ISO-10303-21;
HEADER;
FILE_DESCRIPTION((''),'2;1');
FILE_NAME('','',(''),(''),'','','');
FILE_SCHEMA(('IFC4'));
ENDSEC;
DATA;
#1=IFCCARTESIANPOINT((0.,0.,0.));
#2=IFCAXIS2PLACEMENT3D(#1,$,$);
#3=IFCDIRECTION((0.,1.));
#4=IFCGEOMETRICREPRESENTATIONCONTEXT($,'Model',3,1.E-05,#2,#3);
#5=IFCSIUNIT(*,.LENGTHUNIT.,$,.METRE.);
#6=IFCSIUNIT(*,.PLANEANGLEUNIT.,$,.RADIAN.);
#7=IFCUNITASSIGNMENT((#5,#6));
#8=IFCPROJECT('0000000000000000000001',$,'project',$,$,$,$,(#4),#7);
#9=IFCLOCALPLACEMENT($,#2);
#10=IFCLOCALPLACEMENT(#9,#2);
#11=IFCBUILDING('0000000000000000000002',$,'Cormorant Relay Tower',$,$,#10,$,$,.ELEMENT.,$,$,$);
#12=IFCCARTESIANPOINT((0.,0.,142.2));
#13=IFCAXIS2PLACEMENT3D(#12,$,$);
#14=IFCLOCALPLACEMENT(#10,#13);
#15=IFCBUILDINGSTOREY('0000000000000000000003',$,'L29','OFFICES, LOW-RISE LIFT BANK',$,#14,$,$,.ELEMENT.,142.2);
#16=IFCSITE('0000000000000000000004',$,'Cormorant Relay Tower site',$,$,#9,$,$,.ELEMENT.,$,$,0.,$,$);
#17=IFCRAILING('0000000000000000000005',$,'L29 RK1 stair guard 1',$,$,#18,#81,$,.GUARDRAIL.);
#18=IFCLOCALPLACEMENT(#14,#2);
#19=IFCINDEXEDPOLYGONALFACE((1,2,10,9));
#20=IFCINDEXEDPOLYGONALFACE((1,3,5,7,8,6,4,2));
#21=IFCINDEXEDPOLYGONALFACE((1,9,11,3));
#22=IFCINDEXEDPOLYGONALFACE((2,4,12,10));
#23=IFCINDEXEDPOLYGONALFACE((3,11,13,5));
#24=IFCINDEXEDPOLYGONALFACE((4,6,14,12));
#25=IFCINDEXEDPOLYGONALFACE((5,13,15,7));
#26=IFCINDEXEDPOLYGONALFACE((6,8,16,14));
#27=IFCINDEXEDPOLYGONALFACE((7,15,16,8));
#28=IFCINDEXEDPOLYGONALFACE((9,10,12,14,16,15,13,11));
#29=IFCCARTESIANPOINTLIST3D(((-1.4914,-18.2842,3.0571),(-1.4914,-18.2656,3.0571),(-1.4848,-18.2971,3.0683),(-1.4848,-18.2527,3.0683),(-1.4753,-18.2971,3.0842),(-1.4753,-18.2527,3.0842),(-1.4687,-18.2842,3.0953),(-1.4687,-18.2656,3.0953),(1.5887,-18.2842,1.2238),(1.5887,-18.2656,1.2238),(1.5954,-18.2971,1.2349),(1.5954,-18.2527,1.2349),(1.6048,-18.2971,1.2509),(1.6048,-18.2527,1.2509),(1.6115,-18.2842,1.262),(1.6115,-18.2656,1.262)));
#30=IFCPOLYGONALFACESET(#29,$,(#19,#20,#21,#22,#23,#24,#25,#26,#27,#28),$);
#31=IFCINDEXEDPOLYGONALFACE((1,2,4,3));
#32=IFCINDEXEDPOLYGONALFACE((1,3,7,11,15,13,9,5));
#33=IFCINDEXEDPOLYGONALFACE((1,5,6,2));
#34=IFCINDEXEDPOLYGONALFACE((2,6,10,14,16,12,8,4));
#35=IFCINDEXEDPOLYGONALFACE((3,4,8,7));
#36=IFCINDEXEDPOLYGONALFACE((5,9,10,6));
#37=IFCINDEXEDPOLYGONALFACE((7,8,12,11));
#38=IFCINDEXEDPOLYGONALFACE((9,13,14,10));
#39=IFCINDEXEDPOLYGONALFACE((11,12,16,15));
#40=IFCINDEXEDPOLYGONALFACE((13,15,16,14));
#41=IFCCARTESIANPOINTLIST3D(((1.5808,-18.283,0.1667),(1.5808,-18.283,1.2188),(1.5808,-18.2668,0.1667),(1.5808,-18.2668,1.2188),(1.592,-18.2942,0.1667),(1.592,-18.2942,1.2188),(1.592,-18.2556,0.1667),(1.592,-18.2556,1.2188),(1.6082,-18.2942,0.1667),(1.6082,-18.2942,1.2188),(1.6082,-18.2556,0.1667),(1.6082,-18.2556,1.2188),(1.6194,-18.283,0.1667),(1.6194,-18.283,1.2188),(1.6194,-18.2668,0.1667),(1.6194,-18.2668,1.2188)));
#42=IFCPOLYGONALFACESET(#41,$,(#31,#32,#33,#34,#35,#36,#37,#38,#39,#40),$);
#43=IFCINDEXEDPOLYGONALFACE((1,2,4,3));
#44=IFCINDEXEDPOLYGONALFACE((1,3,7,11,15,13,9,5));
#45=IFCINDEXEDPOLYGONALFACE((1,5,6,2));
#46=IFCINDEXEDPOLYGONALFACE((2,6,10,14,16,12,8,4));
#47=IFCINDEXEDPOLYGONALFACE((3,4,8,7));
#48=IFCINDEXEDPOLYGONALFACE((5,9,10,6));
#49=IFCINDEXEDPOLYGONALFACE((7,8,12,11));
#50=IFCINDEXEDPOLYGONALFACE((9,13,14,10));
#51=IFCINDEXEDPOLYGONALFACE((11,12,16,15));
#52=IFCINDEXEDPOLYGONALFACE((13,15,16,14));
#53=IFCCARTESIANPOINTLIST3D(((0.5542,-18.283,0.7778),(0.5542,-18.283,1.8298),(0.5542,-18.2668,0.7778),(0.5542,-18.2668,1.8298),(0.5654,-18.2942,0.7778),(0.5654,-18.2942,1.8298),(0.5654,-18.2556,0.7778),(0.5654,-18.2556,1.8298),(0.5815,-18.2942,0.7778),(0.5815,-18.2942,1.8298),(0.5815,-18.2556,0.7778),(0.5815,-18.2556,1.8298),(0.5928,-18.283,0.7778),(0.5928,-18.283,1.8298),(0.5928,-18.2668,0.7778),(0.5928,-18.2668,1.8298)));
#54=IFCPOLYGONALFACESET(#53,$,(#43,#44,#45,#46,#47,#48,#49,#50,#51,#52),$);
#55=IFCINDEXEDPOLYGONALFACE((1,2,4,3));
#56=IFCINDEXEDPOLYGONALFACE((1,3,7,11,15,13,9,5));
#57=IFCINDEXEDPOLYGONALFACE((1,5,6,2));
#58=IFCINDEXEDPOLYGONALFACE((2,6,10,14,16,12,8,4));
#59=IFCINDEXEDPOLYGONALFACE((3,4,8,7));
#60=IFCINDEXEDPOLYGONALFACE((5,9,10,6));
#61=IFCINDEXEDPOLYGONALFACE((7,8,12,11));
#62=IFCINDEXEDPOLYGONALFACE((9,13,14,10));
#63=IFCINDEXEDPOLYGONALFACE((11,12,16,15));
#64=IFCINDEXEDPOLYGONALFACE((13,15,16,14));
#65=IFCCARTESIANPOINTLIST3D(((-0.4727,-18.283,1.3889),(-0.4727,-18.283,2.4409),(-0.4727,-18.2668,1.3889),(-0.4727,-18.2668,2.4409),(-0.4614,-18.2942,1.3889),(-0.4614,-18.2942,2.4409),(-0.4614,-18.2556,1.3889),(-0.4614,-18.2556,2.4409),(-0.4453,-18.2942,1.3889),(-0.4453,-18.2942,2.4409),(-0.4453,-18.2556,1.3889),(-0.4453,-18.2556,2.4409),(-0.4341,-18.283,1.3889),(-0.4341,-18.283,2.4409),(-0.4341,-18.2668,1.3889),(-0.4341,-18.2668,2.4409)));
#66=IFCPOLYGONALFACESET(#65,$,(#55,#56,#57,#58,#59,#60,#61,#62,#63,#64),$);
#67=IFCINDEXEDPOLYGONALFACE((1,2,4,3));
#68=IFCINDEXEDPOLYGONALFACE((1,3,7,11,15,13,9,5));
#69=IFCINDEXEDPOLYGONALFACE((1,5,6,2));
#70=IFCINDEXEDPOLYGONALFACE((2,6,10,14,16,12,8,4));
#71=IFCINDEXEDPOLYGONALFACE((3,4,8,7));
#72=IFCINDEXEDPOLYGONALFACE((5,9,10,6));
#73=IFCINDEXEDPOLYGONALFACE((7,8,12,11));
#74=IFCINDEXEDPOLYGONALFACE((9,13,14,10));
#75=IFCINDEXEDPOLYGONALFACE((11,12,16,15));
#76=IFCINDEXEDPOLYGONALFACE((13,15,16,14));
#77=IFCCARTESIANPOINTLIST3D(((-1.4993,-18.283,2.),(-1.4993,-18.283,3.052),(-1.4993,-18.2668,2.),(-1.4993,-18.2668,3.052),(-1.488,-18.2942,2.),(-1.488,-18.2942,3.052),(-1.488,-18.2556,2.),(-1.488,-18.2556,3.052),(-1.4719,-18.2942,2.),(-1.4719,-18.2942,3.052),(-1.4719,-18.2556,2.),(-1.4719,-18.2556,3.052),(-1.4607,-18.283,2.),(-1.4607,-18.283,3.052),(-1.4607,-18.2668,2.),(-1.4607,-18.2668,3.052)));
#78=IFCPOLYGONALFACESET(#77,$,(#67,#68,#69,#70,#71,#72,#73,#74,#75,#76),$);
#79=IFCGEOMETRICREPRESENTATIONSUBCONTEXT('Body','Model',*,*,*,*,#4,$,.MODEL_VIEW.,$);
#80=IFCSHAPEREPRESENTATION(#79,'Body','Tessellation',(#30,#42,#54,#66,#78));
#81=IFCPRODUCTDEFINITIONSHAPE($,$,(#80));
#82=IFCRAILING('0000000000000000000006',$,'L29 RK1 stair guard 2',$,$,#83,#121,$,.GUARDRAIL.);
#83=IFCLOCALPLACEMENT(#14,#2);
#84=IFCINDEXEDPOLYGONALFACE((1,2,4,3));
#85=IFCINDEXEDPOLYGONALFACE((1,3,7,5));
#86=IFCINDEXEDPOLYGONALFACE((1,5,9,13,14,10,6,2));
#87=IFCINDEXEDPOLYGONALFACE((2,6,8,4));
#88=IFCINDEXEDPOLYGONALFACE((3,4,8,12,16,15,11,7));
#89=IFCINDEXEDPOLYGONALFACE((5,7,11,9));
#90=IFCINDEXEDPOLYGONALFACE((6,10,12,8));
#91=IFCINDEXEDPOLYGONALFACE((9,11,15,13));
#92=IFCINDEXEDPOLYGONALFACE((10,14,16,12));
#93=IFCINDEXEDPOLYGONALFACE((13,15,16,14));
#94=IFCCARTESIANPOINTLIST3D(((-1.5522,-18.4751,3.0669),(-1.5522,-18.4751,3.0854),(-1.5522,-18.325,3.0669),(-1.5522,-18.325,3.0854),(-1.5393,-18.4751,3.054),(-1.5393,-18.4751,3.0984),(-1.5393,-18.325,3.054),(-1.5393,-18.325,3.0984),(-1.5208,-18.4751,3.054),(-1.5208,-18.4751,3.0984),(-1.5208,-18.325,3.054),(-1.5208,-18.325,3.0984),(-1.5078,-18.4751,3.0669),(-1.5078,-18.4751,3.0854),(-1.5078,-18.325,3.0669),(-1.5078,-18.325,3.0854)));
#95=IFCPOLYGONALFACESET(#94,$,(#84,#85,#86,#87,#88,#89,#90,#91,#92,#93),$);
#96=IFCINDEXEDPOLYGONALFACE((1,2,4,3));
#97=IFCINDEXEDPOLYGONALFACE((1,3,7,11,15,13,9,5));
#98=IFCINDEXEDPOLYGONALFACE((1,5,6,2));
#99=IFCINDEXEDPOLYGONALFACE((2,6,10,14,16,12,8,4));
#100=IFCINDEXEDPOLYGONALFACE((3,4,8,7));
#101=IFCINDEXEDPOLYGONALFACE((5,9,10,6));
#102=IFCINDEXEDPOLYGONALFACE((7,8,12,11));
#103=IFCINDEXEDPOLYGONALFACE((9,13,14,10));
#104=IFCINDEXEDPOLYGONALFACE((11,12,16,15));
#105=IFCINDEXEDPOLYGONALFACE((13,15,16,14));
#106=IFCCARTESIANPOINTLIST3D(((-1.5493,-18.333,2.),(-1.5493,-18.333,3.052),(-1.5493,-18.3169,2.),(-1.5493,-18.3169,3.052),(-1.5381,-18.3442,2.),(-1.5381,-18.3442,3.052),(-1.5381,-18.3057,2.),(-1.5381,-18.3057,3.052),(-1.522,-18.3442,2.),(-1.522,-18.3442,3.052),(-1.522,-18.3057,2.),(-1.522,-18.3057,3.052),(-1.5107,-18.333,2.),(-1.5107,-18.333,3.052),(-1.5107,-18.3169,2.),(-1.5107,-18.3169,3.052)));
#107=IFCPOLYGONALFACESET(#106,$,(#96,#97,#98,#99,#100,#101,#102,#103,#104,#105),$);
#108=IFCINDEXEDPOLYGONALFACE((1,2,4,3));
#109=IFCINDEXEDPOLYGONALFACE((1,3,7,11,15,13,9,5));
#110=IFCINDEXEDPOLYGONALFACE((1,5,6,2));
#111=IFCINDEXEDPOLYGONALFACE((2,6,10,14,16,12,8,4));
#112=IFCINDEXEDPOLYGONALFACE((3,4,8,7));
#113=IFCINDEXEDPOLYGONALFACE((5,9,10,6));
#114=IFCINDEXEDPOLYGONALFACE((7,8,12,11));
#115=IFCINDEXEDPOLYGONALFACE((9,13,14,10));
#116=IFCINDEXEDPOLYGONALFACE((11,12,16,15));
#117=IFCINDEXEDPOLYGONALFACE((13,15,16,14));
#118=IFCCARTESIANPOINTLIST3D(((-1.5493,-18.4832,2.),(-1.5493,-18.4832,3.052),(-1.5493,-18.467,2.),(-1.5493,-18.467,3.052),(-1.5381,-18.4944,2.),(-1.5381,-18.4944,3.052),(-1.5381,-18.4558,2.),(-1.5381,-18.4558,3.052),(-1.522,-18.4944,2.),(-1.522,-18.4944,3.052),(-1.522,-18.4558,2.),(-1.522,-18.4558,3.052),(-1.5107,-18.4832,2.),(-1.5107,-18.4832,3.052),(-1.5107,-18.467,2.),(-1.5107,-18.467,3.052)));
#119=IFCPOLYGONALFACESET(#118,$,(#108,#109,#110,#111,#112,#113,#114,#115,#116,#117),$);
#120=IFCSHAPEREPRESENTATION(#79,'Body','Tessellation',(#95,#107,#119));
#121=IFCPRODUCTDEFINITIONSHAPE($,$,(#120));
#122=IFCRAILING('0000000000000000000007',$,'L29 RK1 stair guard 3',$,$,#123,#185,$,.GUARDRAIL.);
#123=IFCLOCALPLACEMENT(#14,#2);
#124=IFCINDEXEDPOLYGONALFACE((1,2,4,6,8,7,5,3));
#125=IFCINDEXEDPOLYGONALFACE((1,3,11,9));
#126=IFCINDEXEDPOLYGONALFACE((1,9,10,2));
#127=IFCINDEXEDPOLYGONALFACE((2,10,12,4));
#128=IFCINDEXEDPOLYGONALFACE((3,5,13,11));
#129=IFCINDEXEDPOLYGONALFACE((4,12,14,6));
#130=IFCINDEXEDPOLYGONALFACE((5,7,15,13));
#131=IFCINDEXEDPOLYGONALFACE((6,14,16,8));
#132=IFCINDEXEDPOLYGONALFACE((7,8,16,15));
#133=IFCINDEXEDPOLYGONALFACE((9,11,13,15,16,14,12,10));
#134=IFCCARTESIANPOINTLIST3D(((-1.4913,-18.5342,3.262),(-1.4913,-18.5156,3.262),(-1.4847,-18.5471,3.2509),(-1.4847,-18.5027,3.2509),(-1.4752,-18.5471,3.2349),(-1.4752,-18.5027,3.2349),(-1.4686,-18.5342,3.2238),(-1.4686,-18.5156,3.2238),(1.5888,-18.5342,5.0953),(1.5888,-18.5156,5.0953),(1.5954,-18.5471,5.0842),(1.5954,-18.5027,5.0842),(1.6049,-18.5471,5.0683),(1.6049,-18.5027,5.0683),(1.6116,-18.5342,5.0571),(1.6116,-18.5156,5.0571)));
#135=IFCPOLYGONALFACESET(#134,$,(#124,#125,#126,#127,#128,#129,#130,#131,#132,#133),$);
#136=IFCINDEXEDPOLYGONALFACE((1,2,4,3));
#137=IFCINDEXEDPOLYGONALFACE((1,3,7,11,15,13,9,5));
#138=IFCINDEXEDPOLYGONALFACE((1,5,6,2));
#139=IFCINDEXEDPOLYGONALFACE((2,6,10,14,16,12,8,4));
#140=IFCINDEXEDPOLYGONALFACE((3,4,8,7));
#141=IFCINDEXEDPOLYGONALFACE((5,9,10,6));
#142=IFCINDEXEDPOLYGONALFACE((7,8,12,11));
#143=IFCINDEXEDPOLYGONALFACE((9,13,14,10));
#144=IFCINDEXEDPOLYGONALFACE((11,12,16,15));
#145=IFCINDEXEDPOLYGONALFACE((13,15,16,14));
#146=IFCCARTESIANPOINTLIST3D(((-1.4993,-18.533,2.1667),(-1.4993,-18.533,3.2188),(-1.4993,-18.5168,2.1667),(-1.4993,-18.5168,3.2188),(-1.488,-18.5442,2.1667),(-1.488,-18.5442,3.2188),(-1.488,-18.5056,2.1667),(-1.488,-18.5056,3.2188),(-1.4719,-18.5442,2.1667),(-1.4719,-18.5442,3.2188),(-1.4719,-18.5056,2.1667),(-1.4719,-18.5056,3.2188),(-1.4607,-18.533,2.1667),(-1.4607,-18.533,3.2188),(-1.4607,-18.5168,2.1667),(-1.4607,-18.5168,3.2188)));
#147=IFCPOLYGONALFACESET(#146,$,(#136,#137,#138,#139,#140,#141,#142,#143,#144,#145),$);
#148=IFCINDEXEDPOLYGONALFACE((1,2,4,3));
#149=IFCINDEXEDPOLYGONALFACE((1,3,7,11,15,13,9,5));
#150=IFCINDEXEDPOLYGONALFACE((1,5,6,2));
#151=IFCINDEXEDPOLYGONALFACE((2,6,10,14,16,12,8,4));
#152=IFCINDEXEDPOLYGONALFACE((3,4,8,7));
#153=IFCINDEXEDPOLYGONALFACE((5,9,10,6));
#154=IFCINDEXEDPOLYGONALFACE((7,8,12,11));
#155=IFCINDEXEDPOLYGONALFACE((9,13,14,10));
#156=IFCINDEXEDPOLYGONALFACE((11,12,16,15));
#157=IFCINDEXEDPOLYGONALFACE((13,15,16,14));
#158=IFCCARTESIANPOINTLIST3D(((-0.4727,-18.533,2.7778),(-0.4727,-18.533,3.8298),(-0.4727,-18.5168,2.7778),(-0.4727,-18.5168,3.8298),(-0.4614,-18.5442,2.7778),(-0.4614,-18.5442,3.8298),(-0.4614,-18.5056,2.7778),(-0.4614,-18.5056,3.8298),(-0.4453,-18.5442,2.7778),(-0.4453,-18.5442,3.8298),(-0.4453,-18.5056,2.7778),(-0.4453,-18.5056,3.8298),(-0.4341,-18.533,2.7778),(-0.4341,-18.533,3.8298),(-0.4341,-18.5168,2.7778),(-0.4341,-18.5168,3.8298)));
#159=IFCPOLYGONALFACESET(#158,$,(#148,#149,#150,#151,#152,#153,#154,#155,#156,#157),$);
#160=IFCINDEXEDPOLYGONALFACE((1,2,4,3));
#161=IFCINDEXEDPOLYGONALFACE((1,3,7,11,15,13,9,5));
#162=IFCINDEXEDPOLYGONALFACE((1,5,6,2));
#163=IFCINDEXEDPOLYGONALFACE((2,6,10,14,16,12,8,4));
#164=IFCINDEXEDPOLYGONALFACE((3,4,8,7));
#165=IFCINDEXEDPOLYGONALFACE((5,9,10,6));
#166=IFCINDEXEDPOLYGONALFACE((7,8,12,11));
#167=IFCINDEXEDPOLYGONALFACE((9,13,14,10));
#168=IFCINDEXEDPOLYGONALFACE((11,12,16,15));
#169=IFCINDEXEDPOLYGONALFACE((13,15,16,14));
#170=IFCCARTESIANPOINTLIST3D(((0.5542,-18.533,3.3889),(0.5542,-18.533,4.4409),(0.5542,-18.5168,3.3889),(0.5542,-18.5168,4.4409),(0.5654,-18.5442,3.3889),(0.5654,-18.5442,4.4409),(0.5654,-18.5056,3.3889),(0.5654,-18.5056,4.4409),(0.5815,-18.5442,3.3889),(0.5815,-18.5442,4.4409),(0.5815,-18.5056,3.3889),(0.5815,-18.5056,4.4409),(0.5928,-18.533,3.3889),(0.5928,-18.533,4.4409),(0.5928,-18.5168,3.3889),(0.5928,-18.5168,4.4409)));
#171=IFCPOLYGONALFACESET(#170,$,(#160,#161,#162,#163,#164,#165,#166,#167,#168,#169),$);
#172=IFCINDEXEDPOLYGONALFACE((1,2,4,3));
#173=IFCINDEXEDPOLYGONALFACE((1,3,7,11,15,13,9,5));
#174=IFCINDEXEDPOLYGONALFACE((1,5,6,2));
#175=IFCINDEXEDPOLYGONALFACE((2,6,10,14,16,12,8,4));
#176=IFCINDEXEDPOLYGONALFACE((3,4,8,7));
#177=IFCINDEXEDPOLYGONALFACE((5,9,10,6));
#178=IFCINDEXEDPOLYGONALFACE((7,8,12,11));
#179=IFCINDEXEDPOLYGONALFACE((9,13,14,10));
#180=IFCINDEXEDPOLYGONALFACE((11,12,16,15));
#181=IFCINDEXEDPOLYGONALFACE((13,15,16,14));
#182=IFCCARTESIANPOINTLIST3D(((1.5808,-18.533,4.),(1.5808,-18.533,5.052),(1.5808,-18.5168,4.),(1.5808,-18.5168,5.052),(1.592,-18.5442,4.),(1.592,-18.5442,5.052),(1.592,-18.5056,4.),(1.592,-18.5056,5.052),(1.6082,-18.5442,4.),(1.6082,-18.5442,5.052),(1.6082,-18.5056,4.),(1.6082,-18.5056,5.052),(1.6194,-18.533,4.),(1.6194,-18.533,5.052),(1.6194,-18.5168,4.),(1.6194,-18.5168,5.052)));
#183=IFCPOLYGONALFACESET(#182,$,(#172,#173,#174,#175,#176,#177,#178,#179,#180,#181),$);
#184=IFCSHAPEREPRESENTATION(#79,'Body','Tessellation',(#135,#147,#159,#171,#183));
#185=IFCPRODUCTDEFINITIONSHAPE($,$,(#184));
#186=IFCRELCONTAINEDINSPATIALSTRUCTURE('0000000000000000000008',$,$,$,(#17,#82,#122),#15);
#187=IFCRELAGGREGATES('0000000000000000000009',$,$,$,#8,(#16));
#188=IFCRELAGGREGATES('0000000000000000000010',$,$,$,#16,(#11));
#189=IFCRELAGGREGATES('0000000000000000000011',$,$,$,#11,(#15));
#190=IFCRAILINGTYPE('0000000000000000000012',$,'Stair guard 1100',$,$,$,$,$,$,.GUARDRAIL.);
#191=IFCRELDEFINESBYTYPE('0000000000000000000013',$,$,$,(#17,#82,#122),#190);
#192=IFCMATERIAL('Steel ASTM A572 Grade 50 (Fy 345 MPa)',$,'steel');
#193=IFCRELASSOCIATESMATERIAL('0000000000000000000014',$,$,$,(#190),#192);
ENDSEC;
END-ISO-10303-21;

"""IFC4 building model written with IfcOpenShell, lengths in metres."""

from ifc_helpers import new_model, si_unit, direction, frame, origin, place, context, subcontext, project, spatial, polyline, outline, extrude, material, type_object, element, save


model = new_model("IFC4")

# Units and contexts
model_context = context("Model", 3, precision=1e-05, world=origin(), true_north=direction((0.0, 1.0)))
body_context = subcontext(model_context, "Body", "Model", "MODEL_VIEW")
ifc_project = project(units=[si_unit("LENGTHUNIT", "METRE"), si_unit("PLANEANGLEUNIT", "RADIAN")], contexts=[model_context])

# Site, building, storey
site_placement = place(None, origin())
site = spatial("IfcSite", under=ifc_project, at=site_placement, Name="Cormorant Relay Tower site", CompositionType="ELEMENT", RefElevation=0.0)
building_placement = place(site_placement, origin())
building = spatial("IfcBuilding", under=site, at=building_placement, Name="Cormorant Relay Tower", CompositionType="ELEMENT")
storey_placement = place(building_placement, frame((0.0, 0.0, 142.2)))
storey = spatial("IfcBuildingStorey", under=building, at=storey_placement, Name="L29", Description="OFFICES, LOW-RISE LIFT BANK", CompositionType="ELEMENT", Elevation=142.2)

# Railings
ifc_material_1 = material(Name="Steel ASTM A572 Grade 50 (Fy 345 MPa)", Category="steel")
railing_type_1 = type_object("IfcRailingType", Name="Stair guard 1100", PredefinedType="GUARDRAIL", material=ifc_material_1)
railing_1_placement = place(storey_placement, frame((1.6001, -18.2749, 0.1667)))
element("IfcRailing", 1, at=railing_1_placement, inside=storey, type_object=railing_type_1, Name="L29 RK1 stair guard 1", PredefinedType="GUARDRAIL", context=body_context, shape_type="SweptSolid", body=[
    extrude(outline(polyline([(0.0222, 0.0093), (0.0093, 0.0222), (-0.0093, 0.0222), (-0.0222, 0.0093), (-0.0222, -0.0093), (-0.0093, -0.0222), (0.0093, -0.0222), (0.0222, -0.0093), (0.0222, 0.0093)])), frame((0.0, 0.0, 1.0762), z_axis=(-0.859309, 0.0, 0.511458), x_axis=(0.0, -1.0, 0.0)), (0.0, 0.0, 1.0), 3.5845),
    extrude(outline(polyline([(0.0193, 0.0081), (0.0081, 0.0193), (-0.0081, 0.0193), (-0.0193, 0.0081), (-0.0193, -0.0081), (-0.0081, -0.0193), (0.0081, -0.0193), (0.0193, -0.0081), (0.0193, 0.0081)])), origin(), (0.0, 0.0, 1.0), 1.052),
    extrude(outline(polyline([(0.0193, 0.0081), (0.0081, 0.0193), (-0.0081, 0.0193), (-0.0193, 0.0081), (-0.0193, -0.0081), (-0.0081, -0.0193), (0.0081, -0.0193), (0.0193, -0.0081), (0.0193, 0.0081)])), frame((-1.0266, 0.0, 0.6111)), (0.0, 0.0, 1.0), 1.052),
    extrude(outline(polyline([(0.0193, 0.0081), (0.0081, 0.0193), (-0.0081, 0.0193), (-0.0193, 0.0081), (-0.0193, -0.0081), (-0.0081, -0.0193), (0.0081, -0.0193), (0.0193, -0.0081), (0.0193, 0.0081)])), frame((-2.0535, 0.0, 1.2222)), (0.0, 0.0, 1.0), 1.052),
    extrude(outline(polyline([(0.0193, 0.0081), (0.0081, 0.0193), (-0.0081, 0.0193), (-0.0193, 0.0081), (-0.0193, -0.0081), (-0.0081, -0.0193), (0.0081, -0.0193), (0.0193, -0.0081), (0.0193, 0.0081)])), frame((-3.0801, 0.0, 1.8333)), (0.0, 0.0, 1.0), 1.052),
])
railing_2_placement = place(storey_placement, frame((-1.53, -18.325, 2.0)))
element("IfcRailing", 2, at=railing_2_placement, inside=storey, type_object=railing_type_1, Name="L29 RK1 stair guard 2", PredefinedType="GUARDRAIL", context=body_context, shape_type="SweptSolid", body=[
    extrude(outline(polyline([(0.0222, 0.0093), (0.0093, 0.0222), (-0.0093, 0.0222), (-0.0222, 0.0093), (-0.0222, -0.0093), (-0.0093, -0.0222), (0.0093, -0.0222), (0.0222, -0.0093), (0.0222, 0.0093)])), frame((0.0, 0.0, 1.0762), z_axis=(0.0, -1.0, 0.0), x_axis=(1.0, 0.0, 0.0)), (0.0, 0.0, 1.0), 0.1501),
    extrude(outline(polyline([(0.0193, 0.0081), (0.0081, 0.0193), (-0.0081, 0.0193), (-0.0193, 0.0081), (-0.0193, -0.0081), (-0.0081, -0.0193), (0.0081, -0.0193), (0.0193, -0.0081), (0.0193, 0.0081)])), origin(), (0.0, 0.0, 1.0), 1.052),
    extrude(outline(polyline([(0.0193, 0.0081), (0.0081, 0.0193), (-0.0081, 0.0193), (-0.0193, 0.0081), (-0.0193, -0.0081), (-0.0081, -0.0193), (0.0081, -0.0193), (0.0193, -0.0081), (0.0193, 0.0081)])), frame((0.0, -0.1501, 0.0)), (0.0, 0.0, 1.0), 1.052),
])
railing_3_placement = place(storey_placement, frame((-1.48, -18.5249, 2.1667)))
element("IfcRailing", 3, at=railing_3_placement, inside=storey, type_object=railing_type_1, Name="L29 RK1 stair guard 3", PredefinedType="GUARDRAIL", context=body_context, shape_type="SweptSolid", body=[
    extrude(outline(polyline([(0.0222, 0.0093), (0.0093, 0.0222), (-0.0093, 0.0222), (-0.0222, 0.0093), (-0.0222, -0.0093), (-0.0093, -0.0222), (0.0093, -0.0222), (0.0222, -0.0093), (0.0222, 0.0093)])), frame((0.0, 0.0, 1.0762), z_axis=(0.859309, 0.0, 0.511458), x_axis=(0.0, 1.0, 0.0)), (0.0, 0.0, 1.0), 3.5845),
    extrude(outline(polyline([(0.0193, 0.0081), (0.0081, 0.0193), (-0.0081, 0.0193), (-0.0193, 0.0081), (-0.0193, -0.0081), (-0.0081, -0.0193), (0.0081, -0.0193), (0.0193, -0.0081), (0.0193, 0.0081)])), origin(), (0.0, 0.0, 1.0), 1.052),
    extrude(outline(polyline([(0.0193, 0.0081), (0.0081, 0.0193), (-0.0081, 0.0193), (-0.0193, 0.0081), (-0.0193, -0.0081), (-0.0081, -0.0193), (0.0081, -0.0193), (0.0193, -0.0081), (0.0193, 0.0081)])), frame((1.0266, 0.0, 0.6111)), (0.0, 0.0, 1.0), 1.052),
    extrude(outline(polyline([(0.0193, 0.0081), (0.0081, 0.0193), (-0.0081, 0.0193), (-0.0193, 0.0081), (-0.0193, -0.0081), (-0.0081, -0.0193), (0.0081, -0.0193), (0.0193, -0.0081), (0.0193, 0.0081)])), frame((2.0535, 0.0, 1.2222)), (0.0, 0.0, 1.0), 1.052),
    extrude(outline(polyline([(0.0193, 0.0081), (0.0081, 0.0193), (-0.0081, 0.0193), (-0.0193, 0.0081), (-0.0193, -0.0081), (-0.0081, -0.0193), (0.0081, -0.0193), (0.0193, -0.0081), (0.0193, 0.0081)])), frame((3.0801, 0.0, 1.8333)), (0.0, 0.0, 1.0), 1.052),
])

save(model, "model.ifc")
